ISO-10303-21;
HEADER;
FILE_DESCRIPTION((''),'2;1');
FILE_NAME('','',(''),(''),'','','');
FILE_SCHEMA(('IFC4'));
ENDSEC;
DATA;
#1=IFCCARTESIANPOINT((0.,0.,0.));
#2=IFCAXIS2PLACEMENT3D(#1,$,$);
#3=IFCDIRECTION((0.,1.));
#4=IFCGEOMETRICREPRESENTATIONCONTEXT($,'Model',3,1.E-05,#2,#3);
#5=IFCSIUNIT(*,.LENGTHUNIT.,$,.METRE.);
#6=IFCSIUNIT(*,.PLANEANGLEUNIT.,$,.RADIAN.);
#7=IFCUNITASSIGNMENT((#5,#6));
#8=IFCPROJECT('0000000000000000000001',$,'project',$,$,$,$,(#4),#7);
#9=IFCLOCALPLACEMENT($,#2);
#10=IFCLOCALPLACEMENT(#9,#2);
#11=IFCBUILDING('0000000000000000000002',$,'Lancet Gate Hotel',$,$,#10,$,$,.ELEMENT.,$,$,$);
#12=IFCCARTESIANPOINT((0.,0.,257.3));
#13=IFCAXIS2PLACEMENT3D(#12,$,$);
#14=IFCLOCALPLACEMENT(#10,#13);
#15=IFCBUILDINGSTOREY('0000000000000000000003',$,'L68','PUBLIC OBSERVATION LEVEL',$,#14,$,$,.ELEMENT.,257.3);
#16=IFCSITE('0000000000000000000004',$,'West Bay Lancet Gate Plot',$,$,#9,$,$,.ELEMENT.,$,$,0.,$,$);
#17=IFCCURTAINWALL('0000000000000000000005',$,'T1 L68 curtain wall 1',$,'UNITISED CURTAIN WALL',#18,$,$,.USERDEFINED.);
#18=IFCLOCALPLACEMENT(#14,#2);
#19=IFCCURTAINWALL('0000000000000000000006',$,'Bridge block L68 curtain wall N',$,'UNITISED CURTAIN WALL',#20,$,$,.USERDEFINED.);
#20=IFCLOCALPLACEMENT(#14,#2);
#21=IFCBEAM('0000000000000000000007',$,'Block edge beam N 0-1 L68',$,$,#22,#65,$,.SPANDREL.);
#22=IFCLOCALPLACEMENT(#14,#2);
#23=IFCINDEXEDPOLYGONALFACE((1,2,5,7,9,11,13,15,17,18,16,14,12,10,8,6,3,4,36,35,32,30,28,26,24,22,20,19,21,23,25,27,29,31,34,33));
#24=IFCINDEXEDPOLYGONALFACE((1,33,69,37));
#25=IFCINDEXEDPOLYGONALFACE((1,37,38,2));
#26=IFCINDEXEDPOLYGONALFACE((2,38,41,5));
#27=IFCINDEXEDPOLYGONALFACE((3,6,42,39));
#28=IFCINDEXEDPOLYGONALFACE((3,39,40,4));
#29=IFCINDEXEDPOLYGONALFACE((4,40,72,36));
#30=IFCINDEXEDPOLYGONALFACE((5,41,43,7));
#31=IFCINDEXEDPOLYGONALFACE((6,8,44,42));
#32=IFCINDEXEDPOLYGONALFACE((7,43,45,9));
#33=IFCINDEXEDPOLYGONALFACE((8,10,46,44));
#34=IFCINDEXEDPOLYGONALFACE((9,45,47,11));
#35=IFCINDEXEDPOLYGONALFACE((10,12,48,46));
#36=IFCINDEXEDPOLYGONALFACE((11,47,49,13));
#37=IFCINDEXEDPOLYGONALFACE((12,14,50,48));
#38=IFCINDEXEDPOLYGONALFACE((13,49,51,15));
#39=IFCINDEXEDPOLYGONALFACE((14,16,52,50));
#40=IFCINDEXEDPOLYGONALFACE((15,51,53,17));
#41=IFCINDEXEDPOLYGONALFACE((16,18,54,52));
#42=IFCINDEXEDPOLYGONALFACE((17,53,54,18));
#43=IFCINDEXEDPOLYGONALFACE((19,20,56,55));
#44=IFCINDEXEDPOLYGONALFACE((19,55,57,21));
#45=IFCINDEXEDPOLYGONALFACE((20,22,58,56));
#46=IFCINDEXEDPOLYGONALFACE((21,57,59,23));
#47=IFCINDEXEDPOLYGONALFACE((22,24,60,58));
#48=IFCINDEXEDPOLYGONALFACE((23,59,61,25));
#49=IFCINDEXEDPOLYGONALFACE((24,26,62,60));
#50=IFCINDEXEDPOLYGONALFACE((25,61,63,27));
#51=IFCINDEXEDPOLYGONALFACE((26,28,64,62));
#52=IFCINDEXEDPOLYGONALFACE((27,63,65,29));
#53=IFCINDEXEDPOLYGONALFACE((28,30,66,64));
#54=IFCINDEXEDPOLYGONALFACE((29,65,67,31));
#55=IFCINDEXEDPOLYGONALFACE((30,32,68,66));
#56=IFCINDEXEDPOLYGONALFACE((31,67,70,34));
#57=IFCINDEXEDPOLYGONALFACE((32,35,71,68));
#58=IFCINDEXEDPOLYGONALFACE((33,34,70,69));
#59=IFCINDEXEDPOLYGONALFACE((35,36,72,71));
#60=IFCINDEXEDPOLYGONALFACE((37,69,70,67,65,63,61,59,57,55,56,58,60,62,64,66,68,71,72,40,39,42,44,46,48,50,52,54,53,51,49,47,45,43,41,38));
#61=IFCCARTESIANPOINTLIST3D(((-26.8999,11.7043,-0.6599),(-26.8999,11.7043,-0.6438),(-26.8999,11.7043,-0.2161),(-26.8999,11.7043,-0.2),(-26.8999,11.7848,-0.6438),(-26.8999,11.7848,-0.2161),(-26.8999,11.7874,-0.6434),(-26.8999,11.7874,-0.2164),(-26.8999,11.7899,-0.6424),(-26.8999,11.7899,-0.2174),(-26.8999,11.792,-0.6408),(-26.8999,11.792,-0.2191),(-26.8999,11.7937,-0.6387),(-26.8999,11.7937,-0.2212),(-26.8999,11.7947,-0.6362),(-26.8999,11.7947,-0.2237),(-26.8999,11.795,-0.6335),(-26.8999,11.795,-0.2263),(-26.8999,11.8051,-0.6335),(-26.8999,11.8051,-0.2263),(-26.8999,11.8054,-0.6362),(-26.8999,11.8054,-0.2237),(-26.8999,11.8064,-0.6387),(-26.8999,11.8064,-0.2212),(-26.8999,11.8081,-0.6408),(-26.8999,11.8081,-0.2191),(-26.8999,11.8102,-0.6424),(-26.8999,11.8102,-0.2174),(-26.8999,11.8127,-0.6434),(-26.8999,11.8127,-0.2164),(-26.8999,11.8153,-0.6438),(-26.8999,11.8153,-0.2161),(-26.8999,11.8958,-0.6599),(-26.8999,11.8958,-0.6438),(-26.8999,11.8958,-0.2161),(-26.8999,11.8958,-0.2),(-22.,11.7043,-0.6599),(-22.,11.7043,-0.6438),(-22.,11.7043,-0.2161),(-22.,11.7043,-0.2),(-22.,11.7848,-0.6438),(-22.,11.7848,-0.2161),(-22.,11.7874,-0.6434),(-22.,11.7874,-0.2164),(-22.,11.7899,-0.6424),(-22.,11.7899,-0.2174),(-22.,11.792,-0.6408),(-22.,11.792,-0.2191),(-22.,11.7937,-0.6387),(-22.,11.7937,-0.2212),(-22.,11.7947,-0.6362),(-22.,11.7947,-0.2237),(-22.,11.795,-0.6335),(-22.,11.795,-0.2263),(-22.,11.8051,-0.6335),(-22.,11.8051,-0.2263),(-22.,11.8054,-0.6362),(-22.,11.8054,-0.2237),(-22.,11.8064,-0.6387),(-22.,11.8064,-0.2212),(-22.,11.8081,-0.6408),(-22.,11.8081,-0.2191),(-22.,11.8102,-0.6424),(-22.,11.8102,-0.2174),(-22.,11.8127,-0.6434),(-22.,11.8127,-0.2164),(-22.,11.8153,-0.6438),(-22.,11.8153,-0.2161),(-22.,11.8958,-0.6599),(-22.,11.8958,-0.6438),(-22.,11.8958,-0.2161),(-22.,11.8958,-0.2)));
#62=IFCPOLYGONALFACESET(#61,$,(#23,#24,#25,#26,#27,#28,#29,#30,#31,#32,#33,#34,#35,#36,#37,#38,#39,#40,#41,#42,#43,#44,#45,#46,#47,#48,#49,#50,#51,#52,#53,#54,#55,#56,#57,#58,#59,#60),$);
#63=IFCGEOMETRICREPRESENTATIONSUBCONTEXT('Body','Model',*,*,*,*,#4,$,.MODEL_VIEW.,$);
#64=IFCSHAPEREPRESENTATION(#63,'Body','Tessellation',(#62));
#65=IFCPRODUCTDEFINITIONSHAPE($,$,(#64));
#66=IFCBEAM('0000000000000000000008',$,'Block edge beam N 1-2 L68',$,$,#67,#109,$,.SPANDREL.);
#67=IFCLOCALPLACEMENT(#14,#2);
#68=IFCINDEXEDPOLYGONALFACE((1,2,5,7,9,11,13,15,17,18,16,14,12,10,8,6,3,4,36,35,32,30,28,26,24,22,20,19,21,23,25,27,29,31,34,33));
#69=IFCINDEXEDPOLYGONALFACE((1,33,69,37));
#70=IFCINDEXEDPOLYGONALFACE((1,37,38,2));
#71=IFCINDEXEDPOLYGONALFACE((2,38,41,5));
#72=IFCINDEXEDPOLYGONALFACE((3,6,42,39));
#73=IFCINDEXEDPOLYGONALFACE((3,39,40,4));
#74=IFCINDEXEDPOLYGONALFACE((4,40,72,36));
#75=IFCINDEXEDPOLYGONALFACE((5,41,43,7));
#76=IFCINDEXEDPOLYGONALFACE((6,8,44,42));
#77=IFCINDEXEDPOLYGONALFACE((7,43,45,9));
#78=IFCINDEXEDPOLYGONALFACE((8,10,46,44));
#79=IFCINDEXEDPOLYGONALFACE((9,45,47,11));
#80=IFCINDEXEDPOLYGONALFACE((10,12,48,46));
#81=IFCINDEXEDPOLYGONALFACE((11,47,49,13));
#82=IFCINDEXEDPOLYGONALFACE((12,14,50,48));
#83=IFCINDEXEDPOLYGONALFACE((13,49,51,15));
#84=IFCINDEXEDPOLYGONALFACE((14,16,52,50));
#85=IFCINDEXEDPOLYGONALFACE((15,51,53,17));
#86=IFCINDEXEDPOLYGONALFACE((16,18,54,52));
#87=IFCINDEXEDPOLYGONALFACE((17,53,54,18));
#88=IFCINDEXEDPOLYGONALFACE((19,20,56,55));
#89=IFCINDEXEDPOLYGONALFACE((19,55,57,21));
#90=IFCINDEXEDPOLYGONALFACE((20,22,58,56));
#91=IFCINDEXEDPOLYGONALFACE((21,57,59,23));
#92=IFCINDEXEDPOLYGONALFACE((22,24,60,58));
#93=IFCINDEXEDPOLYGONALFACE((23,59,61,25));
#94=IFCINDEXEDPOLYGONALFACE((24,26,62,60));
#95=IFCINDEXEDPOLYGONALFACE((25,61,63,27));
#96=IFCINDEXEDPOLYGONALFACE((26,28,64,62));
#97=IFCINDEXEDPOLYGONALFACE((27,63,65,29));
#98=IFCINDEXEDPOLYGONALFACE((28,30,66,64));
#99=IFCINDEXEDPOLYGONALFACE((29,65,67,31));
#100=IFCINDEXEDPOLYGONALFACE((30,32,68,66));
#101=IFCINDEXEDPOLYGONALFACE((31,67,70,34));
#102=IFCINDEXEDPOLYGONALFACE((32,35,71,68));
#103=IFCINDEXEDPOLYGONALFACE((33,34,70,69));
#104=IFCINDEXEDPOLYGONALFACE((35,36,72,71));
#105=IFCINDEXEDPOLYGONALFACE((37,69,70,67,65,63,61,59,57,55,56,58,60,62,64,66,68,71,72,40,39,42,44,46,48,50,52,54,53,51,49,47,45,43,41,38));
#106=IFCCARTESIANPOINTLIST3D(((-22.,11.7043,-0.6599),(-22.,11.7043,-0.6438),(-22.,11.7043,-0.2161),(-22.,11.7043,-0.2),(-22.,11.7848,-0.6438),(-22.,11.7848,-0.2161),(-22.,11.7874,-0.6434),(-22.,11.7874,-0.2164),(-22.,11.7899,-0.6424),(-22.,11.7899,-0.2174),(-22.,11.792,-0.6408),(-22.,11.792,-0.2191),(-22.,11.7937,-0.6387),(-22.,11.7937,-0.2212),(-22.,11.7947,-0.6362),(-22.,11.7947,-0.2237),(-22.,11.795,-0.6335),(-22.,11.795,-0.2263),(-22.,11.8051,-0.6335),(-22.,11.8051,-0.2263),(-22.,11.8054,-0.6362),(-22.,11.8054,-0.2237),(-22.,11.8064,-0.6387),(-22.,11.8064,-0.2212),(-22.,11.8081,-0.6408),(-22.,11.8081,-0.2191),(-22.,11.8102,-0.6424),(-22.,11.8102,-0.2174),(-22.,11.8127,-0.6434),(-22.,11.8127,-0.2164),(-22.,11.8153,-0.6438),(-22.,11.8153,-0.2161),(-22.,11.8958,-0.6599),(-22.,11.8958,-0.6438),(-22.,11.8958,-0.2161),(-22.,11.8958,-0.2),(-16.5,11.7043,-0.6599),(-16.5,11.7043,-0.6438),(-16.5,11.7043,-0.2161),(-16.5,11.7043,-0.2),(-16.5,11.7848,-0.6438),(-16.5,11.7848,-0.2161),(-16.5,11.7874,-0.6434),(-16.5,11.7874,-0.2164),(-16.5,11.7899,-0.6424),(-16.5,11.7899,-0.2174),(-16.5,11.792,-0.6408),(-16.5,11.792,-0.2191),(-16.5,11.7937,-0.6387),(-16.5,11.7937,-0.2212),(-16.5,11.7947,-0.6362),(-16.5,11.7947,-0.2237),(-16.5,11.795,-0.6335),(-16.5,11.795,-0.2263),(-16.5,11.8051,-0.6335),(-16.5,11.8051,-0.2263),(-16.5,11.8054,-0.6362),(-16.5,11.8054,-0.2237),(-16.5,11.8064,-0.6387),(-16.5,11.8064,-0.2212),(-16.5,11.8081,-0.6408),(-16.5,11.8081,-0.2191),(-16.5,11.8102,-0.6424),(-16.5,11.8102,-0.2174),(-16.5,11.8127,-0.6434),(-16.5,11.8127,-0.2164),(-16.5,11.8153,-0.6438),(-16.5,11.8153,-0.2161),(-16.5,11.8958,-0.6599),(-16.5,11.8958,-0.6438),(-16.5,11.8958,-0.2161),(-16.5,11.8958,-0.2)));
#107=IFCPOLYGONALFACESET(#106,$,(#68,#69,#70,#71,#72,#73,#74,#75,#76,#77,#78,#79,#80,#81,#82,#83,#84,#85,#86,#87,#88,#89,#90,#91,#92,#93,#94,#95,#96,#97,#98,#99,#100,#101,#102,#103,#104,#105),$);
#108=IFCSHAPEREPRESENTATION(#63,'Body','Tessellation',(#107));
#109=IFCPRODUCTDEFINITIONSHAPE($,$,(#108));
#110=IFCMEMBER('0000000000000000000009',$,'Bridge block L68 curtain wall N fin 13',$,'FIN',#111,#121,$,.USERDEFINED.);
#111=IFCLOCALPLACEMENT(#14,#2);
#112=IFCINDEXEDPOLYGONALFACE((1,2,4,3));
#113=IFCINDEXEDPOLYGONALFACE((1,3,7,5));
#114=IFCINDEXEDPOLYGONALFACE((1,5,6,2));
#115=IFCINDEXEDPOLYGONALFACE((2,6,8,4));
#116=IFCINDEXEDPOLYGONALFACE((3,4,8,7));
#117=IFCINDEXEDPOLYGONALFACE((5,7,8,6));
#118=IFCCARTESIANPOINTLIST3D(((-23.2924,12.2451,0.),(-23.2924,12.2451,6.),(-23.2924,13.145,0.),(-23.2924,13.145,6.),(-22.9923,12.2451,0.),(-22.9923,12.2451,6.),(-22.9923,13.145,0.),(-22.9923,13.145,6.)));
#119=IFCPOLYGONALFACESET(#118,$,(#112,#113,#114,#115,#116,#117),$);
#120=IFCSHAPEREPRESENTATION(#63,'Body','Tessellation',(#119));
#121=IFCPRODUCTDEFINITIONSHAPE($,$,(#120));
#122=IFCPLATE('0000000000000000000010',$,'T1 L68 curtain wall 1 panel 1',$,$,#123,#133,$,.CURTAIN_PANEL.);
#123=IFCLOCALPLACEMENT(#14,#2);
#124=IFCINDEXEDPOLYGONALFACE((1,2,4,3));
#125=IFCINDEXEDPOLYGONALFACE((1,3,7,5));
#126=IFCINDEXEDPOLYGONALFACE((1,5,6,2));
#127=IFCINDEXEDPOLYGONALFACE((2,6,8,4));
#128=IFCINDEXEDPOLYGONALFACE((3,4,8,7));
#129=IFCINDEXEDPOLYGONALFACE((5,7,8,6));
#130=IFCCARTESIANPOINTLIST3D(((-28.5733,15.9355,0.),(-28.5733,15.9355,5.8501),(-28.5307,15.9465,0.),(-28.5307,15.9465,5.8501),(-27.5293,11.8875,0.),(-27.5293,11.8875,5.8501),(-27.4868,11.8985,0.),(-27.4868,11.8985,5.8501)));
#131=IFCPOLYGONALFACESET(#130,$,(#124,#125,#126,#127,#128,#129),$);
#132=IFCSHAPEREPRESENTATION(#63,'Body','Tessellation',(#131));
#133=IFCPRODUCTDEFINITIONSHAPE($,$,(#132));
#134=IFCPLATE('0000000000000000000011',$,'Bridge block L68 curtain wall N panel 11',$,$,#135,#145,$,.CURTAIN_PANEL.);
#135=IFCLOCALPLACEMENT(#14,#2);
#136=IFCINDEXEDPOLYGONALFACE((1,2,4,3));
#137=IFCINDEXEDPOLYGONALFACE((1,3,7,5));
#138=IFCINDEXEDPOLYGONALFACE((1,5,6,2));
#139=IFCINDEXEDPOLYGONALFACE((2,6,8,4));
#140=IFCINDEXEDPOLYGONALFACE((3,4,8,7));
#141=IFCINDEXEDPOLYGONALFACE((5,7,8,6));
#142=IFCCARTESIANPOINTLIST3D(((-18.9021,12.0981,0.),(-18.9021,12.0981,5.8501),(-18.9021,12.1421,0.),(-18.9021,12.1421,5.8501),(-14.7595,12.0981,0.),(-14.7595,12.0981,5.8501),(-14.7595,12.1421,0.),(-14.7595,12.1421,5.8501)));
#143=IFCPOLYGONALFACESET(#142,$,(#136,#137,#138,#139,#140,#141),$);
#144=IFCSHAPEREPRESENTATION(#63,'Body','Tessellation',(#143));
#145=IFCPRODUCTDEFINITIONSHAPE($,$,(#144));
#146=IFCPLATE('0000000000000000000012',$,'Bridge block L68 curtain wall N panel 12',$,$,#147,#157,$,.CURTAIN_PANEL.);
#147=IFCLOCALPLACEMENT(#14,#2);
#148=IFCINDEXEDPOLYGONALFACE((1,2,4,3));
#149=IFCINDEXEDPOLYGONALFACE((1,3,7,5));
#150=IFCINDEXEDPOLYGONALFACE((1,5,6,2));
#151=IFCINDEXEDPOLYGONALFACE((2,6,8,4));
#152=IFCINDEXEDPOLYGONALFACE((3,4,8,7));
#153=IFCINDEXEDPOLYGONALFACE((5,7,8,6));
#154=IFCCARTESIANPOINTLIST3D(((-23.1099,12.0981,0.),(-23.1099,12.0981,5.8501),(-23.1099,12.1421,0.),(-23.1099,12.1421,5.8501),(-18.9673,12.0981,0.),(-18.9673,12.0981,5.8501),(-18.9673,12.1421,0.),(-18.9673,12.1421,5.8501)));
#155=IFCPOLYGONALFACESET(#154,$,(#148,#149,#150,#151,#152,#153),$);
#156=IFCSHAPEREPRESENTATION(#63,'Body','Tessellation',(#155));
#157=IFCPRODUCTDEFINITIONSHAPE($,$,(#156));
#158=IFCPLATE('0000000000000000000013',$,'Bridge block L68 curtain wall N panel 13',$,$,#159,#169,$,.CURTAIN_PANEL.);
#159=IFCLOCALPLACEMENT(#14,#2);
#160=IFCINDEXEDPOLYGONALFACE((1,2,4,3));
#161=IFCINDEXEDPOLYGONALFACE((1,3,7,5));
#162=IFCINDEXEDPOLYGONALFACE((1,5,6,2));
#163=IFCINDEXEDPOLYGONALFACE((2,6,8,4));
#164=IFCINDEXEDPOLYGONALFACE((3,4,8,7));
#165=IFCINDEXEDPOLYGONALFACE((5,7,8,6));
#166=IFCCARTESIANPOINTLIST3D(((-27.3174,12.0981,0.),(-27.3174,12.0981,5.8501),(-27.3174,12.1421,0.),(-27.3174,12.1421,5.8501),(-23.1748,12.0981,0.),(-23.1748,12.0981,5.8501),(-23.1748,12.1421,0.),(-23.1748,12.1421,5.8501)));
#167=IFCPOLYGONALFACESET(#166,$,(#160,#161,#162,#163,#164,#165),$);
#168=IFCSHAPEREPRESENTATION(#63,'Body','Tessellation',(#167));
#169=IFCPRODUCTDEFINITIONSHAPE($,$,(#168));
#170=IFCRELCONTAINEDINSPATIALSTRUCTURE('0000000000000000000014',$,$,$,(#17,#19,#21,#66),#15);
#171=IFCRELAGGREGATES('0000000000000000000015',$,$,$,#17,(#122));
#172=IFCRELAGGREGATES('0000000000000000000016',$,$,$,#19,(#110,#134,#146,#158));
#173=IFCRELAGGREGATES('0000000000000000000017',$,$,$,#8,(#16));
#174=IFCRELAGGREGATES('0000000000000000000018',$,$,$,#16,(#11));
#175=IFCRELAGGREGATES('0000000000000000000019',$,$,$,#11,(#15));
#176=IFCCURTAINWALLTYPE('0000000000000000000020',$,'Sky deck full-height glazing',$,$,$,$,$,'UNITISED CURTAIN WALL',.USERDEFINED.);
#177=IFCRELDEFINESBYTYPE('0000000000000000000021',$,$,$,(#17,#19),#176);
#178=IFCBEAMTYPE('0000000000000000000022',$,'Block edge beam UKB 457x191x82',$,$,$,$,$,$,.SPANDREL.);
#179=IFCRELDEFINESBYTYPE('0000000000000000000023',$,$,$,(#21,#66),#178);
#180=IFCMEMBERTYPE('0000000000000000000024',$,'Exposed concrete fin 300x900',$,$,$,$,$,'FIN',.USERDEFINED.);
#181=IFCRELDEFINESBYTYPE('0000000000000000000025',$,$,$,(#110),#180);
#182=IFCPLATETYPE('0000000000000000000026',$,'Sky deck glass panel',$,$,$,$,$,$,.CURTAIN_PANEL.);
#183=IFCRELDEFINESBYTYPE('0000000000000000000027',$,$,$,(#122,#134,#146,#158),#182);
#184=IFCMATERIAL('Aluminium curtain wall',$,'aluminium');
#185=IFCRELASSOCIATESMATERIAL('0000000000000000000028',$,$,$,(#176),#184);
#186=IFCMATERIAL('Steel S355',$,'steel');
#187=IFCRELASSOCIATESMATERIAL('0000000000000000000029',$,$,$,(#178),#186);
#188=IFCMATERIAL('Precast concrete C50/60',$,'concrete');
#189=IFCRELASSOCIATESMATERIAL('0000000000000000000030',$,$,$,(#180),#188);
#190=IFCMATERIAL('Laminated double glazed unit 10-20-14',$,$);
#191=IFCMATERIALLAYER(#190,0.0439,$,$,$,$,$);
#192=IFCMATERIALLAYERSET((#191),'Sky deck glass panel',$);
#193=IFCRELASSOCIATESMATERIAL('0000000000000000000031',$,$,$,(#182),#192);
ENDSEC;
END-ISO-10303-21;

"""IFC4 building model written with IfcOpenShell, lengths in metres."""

from ifc_helpers import new_model, si_unit, direction, frame, origin, origin_2d, place, context, subcontext, project, spatial, rectangle, i_section, extrude, material, layer, layer_set, material_profile, profile_set, type_object, element, aggregate, save


model = new_model("IFC4")

# Units and contexts
model_context = context("Model", 3, precision=1e-05, world=origin(), true_north=direction((0.0, 1.0)))
body_context = subcontext(model_context, "Body", "Model", "MODEL_VIEW")
ifc_project = project(units=[si_unit("LENGTHUNIT", "METRE"), si_unit("PLANEANGLEUNIT", "RADIAN")], contexts=[model_context])

# Site, building, storey
site_placement = place(None, origin())
site = spatial("IfcSite", under=ifc_project, at=site_placement, Name="West Bay Lancet Gate Plot", CompositionType="ELEMENT", RefElevation=0.0)
building_placement = place(site_placement, origin())
building = spatial("IfcBuilding", under=site, at=building_placement, Name="Lancet Gate Hotel", CompositionType="ELEMENT")
storey_placement = place(building_placement, frame((0.0, 0.0, 257.3)))
storey = spatial("IfcBuildingStorey", under=building, at=storey_placement, Name="L68", Description="PUBLIC OBSERVATION LEVEL", CompositionType="ELEMENT", Elevation=257.3)

# Curtain walls
ifc_material_1 = material(Name="Aluminium curtain wall", Category="aluminium")
curtain_wall_type = type_object("IfcCurtainWallType", Name="Sky deck full-height glazing", ElementType="UNITISED CURTAIN WALL", PredefinedType="USERDEFINED", material=ifc_material_1)
curtain_wall_1_placement = place(storey_placement, origin())
curtain_wall_1 = element("IfcCurtainWall", 1, at=curtain_wall_1_placement, inside=storey, type_object=curtain_wall_type, Name="T1 L68 curtain wall 1", ObjectType="UNITISED CURTAIN WALL", PredefinedType="USERDEFINED")
curtain_wall_2_placement = place(storey_placement, origin())
curtain_wall_2 = element("IfcCurtainWall", 2, at=curtain_wall_2_placement, inside=storey, type_object=curtain_wall_type, Name="Bridge block L68 curtain wall N", ObjectType="UNITISED CURTAIN WALL", PredefinedType="USERDEFINED")

# Beams
ifc_material_2 = material(Name="Steel S355", Category="steel")
ifc_material_profile_1 = material_profile(ifc_material_2, i_section(OverallWidth=0.1914, OverallDepth=0.46, WebThickness=0.01, FlangeThickness=0.0161, FilletRadius=0.0103, at=origin_2d()), Name="UKB 457x191x82")
ifc_profile_set_1 = profile_set([ifc_material_profile_1], Name="Steel S355")
beam_type = type_object("IfcBeamType", Name="Block edge beam UKB 457x191x82", PredefinedType="SPANDREL", material=ifc_profile_set_1)
beam_1_placement = place(storey_placement, frame((-26.8999, 11.8, -0.4299), z_axis=(1.0, 0.0, 0.0), x_axis=(0.0, 1.0, 0.0)))
element("IfcBeam", 3, at=beam_1_placement, inside=storey, type_object=beam_type, Name="Block edge beam N 0-1 L68", PredefinedType="SPANDREL", context=body_context, shape_type="SweptSolid", body=[
    extrude(i_section(OverallWidth=0.1914, OverallDepth=0.46, WebThickness=0.01, FlangeThickness=0.0161, FilletRadius=0.0103, at=origin_2d()), origin(), (0.0, 0.0, 1.0), 4.8999),
])
beam_2_placement = place(storey_placement, frame((-22.0, 11.8, -0.4299), z_axis=(1.0, 0.0, 0.0), x_axis=(0.0, 1.0, 0.0)))
element("IfcBeam", 4, at=beam_2_placement, inside=storey, type_object=beam_type, Name="Block edge beam N 1-2 L68", PredefinedType="SPANDREL", context=body_context, shape_type="SweptSolid", body=[
    extrude(i_section(OverallWidth=0.1914, OverallDepth=0.46, WebThickness=0.01, FlangeThickness=0.0161, FilletRadius=0.0103, at=origin_2d()), origin(), (0.0, 0.0, 1.0), 5.5),
])

# Member
ifc_material_3 = material(Name="Precast concrete C50/60", Category="concrete")
ifc_material_profile_2 = material_profile(ifc_material_3, rectangle(XDim=0.3, YDim=0.8999, at=origin_2d()), Name="FIN 300x900")
ifc_profile_set_2 = profile_set([ifc_material_profile_2], Name="Precast concrete C50/60")
member_type_1 = type_object("IfcMemberType", Name="Exposed concrete fin 300x900", ElementType="FIN", PredefinedType="USERDEFINED", material=ifc_profile_set_2)
member_1_placement = place(storey_placement, frame((-23.1423, 12.6951, 0.0), z_axis=(0.0, 0.0, 1.0), x_axis=(-1.0, 0.0, 0.0)))
member_1 = element("IfcMember", 5, at=member_1_placement, type_object=member_type_1, Name="Bridge block L68 curtain wall N fin 13", ObjectType="FIN", PredefinedType="USERDEFINED", context=body_context, shape_type="SweptSolid", body=[
    extrude(rectangle(XDim=0.3, YDim=0.8999, at=origin_2d()), origin(), (0.0, 0.0, 1.0), 6.0),
])

# Plates
ifc_material_4 = material(Name="Laminated double glazed unit 10-20-14")
ifc_layer_1 = layer(ifc_material_4, 0.0439)
ifc_layer_set_1 = layer_set([ifc_layer_1], Name="Sky deck glass panel")
plate_type = type_object("IfcPlateType", Name="Sky deck glass panel", PredefinedType="CURTAIN_PANEL", material=ifc_layer_set_1)
plate_1_placement = place(storey_placement, frame((-28.03, 13.917, 0.0), z_axis=(0.0, 0.0, 1.0), x_axis=(-0.249726, 0.968317, 0.0)))
plate_1 = element("IfcPlate", 6, at=plate_1_placement, type_object=plate_type, Name="T1 L68 curtain wall 1 panel 1", PredefinedType="CURTAIN_PANEL", context=body_context, shape_type="SweptSolid", body=[
    extrude(rectangle(XDim=4.1804, YDim=0.0439, at=origin_2d()), origin(), (0.0, 0.0, 1.0), 5.8501),
])
aggregate(curtain_wall_1, [plate_1])
plate_2_placement = place(storey_placement, frame((-16.8308, 12.1201, 0.0), z_axis=(0.0, 0.0, 1.0), x_axis=(-1.0, 0.0, 0.0)))
plate_2 = element("IfcPlate", 7, at=plate_2_placement, type_object=plate_type, Name="Bridge block L68 curtain wall N panel 11", PredefinedType="CURTAIN_PANEL", context=body_context, shape_type="SweptSolid", body=[
    extrude(rectangle(XDim=4.1426, YDim=0.0439, at=origin_2d()), origin(), (0.0, 0.0, 1.0), 5.8501),
])
plate_3_placement = place(storey_placement, frame((-21.0386, 12.1201, 0.0), z_axis=(0.0, 0.0, 1.0), x_axis=(-1.0, 0.0, 0.0)))
plate_3 = element("IfcPlate", 8, at=plate_3_placement, type_object=plate_type, Name="Bridge block L68 curtain wall N panel 12", PredefinedType="CURTAIN_PANEL", context=body_context, shape_type="SweptSolid", body=[
    extrude(rectangle(XDim=4.1426, YDim=0.0439, at=origin_2d()), origin(), (0.0, 0.0, 1.0), 5.8501),
])
plate_4_placement = place(storey_placement, frame((-25.2461, 12.1201, 0.0), z_axis=(0.0, 0.0, 1.0), x_axis=(-1.0, 0.0, 0.0)))
plate_4 = element("IfcPlate", 9, at=plate_4_placement, type_object=plate_type, Name="Bridge block L68 curtain wall N panel 13", PredefinedType="CURTAIN_PANEL", context=body_context, shape_type="SweptSolid", body=[
    extrude(rectangle(XDim=4.1426, YDim=0.0439, at=origin_2d()), origin(), (0.0, 0.0, 1.0), 5.8501),
])
aggregate(curtain_wall_2, [member_1, plate_2, plate_3, plate_4])

save(model, "model.ifc")
